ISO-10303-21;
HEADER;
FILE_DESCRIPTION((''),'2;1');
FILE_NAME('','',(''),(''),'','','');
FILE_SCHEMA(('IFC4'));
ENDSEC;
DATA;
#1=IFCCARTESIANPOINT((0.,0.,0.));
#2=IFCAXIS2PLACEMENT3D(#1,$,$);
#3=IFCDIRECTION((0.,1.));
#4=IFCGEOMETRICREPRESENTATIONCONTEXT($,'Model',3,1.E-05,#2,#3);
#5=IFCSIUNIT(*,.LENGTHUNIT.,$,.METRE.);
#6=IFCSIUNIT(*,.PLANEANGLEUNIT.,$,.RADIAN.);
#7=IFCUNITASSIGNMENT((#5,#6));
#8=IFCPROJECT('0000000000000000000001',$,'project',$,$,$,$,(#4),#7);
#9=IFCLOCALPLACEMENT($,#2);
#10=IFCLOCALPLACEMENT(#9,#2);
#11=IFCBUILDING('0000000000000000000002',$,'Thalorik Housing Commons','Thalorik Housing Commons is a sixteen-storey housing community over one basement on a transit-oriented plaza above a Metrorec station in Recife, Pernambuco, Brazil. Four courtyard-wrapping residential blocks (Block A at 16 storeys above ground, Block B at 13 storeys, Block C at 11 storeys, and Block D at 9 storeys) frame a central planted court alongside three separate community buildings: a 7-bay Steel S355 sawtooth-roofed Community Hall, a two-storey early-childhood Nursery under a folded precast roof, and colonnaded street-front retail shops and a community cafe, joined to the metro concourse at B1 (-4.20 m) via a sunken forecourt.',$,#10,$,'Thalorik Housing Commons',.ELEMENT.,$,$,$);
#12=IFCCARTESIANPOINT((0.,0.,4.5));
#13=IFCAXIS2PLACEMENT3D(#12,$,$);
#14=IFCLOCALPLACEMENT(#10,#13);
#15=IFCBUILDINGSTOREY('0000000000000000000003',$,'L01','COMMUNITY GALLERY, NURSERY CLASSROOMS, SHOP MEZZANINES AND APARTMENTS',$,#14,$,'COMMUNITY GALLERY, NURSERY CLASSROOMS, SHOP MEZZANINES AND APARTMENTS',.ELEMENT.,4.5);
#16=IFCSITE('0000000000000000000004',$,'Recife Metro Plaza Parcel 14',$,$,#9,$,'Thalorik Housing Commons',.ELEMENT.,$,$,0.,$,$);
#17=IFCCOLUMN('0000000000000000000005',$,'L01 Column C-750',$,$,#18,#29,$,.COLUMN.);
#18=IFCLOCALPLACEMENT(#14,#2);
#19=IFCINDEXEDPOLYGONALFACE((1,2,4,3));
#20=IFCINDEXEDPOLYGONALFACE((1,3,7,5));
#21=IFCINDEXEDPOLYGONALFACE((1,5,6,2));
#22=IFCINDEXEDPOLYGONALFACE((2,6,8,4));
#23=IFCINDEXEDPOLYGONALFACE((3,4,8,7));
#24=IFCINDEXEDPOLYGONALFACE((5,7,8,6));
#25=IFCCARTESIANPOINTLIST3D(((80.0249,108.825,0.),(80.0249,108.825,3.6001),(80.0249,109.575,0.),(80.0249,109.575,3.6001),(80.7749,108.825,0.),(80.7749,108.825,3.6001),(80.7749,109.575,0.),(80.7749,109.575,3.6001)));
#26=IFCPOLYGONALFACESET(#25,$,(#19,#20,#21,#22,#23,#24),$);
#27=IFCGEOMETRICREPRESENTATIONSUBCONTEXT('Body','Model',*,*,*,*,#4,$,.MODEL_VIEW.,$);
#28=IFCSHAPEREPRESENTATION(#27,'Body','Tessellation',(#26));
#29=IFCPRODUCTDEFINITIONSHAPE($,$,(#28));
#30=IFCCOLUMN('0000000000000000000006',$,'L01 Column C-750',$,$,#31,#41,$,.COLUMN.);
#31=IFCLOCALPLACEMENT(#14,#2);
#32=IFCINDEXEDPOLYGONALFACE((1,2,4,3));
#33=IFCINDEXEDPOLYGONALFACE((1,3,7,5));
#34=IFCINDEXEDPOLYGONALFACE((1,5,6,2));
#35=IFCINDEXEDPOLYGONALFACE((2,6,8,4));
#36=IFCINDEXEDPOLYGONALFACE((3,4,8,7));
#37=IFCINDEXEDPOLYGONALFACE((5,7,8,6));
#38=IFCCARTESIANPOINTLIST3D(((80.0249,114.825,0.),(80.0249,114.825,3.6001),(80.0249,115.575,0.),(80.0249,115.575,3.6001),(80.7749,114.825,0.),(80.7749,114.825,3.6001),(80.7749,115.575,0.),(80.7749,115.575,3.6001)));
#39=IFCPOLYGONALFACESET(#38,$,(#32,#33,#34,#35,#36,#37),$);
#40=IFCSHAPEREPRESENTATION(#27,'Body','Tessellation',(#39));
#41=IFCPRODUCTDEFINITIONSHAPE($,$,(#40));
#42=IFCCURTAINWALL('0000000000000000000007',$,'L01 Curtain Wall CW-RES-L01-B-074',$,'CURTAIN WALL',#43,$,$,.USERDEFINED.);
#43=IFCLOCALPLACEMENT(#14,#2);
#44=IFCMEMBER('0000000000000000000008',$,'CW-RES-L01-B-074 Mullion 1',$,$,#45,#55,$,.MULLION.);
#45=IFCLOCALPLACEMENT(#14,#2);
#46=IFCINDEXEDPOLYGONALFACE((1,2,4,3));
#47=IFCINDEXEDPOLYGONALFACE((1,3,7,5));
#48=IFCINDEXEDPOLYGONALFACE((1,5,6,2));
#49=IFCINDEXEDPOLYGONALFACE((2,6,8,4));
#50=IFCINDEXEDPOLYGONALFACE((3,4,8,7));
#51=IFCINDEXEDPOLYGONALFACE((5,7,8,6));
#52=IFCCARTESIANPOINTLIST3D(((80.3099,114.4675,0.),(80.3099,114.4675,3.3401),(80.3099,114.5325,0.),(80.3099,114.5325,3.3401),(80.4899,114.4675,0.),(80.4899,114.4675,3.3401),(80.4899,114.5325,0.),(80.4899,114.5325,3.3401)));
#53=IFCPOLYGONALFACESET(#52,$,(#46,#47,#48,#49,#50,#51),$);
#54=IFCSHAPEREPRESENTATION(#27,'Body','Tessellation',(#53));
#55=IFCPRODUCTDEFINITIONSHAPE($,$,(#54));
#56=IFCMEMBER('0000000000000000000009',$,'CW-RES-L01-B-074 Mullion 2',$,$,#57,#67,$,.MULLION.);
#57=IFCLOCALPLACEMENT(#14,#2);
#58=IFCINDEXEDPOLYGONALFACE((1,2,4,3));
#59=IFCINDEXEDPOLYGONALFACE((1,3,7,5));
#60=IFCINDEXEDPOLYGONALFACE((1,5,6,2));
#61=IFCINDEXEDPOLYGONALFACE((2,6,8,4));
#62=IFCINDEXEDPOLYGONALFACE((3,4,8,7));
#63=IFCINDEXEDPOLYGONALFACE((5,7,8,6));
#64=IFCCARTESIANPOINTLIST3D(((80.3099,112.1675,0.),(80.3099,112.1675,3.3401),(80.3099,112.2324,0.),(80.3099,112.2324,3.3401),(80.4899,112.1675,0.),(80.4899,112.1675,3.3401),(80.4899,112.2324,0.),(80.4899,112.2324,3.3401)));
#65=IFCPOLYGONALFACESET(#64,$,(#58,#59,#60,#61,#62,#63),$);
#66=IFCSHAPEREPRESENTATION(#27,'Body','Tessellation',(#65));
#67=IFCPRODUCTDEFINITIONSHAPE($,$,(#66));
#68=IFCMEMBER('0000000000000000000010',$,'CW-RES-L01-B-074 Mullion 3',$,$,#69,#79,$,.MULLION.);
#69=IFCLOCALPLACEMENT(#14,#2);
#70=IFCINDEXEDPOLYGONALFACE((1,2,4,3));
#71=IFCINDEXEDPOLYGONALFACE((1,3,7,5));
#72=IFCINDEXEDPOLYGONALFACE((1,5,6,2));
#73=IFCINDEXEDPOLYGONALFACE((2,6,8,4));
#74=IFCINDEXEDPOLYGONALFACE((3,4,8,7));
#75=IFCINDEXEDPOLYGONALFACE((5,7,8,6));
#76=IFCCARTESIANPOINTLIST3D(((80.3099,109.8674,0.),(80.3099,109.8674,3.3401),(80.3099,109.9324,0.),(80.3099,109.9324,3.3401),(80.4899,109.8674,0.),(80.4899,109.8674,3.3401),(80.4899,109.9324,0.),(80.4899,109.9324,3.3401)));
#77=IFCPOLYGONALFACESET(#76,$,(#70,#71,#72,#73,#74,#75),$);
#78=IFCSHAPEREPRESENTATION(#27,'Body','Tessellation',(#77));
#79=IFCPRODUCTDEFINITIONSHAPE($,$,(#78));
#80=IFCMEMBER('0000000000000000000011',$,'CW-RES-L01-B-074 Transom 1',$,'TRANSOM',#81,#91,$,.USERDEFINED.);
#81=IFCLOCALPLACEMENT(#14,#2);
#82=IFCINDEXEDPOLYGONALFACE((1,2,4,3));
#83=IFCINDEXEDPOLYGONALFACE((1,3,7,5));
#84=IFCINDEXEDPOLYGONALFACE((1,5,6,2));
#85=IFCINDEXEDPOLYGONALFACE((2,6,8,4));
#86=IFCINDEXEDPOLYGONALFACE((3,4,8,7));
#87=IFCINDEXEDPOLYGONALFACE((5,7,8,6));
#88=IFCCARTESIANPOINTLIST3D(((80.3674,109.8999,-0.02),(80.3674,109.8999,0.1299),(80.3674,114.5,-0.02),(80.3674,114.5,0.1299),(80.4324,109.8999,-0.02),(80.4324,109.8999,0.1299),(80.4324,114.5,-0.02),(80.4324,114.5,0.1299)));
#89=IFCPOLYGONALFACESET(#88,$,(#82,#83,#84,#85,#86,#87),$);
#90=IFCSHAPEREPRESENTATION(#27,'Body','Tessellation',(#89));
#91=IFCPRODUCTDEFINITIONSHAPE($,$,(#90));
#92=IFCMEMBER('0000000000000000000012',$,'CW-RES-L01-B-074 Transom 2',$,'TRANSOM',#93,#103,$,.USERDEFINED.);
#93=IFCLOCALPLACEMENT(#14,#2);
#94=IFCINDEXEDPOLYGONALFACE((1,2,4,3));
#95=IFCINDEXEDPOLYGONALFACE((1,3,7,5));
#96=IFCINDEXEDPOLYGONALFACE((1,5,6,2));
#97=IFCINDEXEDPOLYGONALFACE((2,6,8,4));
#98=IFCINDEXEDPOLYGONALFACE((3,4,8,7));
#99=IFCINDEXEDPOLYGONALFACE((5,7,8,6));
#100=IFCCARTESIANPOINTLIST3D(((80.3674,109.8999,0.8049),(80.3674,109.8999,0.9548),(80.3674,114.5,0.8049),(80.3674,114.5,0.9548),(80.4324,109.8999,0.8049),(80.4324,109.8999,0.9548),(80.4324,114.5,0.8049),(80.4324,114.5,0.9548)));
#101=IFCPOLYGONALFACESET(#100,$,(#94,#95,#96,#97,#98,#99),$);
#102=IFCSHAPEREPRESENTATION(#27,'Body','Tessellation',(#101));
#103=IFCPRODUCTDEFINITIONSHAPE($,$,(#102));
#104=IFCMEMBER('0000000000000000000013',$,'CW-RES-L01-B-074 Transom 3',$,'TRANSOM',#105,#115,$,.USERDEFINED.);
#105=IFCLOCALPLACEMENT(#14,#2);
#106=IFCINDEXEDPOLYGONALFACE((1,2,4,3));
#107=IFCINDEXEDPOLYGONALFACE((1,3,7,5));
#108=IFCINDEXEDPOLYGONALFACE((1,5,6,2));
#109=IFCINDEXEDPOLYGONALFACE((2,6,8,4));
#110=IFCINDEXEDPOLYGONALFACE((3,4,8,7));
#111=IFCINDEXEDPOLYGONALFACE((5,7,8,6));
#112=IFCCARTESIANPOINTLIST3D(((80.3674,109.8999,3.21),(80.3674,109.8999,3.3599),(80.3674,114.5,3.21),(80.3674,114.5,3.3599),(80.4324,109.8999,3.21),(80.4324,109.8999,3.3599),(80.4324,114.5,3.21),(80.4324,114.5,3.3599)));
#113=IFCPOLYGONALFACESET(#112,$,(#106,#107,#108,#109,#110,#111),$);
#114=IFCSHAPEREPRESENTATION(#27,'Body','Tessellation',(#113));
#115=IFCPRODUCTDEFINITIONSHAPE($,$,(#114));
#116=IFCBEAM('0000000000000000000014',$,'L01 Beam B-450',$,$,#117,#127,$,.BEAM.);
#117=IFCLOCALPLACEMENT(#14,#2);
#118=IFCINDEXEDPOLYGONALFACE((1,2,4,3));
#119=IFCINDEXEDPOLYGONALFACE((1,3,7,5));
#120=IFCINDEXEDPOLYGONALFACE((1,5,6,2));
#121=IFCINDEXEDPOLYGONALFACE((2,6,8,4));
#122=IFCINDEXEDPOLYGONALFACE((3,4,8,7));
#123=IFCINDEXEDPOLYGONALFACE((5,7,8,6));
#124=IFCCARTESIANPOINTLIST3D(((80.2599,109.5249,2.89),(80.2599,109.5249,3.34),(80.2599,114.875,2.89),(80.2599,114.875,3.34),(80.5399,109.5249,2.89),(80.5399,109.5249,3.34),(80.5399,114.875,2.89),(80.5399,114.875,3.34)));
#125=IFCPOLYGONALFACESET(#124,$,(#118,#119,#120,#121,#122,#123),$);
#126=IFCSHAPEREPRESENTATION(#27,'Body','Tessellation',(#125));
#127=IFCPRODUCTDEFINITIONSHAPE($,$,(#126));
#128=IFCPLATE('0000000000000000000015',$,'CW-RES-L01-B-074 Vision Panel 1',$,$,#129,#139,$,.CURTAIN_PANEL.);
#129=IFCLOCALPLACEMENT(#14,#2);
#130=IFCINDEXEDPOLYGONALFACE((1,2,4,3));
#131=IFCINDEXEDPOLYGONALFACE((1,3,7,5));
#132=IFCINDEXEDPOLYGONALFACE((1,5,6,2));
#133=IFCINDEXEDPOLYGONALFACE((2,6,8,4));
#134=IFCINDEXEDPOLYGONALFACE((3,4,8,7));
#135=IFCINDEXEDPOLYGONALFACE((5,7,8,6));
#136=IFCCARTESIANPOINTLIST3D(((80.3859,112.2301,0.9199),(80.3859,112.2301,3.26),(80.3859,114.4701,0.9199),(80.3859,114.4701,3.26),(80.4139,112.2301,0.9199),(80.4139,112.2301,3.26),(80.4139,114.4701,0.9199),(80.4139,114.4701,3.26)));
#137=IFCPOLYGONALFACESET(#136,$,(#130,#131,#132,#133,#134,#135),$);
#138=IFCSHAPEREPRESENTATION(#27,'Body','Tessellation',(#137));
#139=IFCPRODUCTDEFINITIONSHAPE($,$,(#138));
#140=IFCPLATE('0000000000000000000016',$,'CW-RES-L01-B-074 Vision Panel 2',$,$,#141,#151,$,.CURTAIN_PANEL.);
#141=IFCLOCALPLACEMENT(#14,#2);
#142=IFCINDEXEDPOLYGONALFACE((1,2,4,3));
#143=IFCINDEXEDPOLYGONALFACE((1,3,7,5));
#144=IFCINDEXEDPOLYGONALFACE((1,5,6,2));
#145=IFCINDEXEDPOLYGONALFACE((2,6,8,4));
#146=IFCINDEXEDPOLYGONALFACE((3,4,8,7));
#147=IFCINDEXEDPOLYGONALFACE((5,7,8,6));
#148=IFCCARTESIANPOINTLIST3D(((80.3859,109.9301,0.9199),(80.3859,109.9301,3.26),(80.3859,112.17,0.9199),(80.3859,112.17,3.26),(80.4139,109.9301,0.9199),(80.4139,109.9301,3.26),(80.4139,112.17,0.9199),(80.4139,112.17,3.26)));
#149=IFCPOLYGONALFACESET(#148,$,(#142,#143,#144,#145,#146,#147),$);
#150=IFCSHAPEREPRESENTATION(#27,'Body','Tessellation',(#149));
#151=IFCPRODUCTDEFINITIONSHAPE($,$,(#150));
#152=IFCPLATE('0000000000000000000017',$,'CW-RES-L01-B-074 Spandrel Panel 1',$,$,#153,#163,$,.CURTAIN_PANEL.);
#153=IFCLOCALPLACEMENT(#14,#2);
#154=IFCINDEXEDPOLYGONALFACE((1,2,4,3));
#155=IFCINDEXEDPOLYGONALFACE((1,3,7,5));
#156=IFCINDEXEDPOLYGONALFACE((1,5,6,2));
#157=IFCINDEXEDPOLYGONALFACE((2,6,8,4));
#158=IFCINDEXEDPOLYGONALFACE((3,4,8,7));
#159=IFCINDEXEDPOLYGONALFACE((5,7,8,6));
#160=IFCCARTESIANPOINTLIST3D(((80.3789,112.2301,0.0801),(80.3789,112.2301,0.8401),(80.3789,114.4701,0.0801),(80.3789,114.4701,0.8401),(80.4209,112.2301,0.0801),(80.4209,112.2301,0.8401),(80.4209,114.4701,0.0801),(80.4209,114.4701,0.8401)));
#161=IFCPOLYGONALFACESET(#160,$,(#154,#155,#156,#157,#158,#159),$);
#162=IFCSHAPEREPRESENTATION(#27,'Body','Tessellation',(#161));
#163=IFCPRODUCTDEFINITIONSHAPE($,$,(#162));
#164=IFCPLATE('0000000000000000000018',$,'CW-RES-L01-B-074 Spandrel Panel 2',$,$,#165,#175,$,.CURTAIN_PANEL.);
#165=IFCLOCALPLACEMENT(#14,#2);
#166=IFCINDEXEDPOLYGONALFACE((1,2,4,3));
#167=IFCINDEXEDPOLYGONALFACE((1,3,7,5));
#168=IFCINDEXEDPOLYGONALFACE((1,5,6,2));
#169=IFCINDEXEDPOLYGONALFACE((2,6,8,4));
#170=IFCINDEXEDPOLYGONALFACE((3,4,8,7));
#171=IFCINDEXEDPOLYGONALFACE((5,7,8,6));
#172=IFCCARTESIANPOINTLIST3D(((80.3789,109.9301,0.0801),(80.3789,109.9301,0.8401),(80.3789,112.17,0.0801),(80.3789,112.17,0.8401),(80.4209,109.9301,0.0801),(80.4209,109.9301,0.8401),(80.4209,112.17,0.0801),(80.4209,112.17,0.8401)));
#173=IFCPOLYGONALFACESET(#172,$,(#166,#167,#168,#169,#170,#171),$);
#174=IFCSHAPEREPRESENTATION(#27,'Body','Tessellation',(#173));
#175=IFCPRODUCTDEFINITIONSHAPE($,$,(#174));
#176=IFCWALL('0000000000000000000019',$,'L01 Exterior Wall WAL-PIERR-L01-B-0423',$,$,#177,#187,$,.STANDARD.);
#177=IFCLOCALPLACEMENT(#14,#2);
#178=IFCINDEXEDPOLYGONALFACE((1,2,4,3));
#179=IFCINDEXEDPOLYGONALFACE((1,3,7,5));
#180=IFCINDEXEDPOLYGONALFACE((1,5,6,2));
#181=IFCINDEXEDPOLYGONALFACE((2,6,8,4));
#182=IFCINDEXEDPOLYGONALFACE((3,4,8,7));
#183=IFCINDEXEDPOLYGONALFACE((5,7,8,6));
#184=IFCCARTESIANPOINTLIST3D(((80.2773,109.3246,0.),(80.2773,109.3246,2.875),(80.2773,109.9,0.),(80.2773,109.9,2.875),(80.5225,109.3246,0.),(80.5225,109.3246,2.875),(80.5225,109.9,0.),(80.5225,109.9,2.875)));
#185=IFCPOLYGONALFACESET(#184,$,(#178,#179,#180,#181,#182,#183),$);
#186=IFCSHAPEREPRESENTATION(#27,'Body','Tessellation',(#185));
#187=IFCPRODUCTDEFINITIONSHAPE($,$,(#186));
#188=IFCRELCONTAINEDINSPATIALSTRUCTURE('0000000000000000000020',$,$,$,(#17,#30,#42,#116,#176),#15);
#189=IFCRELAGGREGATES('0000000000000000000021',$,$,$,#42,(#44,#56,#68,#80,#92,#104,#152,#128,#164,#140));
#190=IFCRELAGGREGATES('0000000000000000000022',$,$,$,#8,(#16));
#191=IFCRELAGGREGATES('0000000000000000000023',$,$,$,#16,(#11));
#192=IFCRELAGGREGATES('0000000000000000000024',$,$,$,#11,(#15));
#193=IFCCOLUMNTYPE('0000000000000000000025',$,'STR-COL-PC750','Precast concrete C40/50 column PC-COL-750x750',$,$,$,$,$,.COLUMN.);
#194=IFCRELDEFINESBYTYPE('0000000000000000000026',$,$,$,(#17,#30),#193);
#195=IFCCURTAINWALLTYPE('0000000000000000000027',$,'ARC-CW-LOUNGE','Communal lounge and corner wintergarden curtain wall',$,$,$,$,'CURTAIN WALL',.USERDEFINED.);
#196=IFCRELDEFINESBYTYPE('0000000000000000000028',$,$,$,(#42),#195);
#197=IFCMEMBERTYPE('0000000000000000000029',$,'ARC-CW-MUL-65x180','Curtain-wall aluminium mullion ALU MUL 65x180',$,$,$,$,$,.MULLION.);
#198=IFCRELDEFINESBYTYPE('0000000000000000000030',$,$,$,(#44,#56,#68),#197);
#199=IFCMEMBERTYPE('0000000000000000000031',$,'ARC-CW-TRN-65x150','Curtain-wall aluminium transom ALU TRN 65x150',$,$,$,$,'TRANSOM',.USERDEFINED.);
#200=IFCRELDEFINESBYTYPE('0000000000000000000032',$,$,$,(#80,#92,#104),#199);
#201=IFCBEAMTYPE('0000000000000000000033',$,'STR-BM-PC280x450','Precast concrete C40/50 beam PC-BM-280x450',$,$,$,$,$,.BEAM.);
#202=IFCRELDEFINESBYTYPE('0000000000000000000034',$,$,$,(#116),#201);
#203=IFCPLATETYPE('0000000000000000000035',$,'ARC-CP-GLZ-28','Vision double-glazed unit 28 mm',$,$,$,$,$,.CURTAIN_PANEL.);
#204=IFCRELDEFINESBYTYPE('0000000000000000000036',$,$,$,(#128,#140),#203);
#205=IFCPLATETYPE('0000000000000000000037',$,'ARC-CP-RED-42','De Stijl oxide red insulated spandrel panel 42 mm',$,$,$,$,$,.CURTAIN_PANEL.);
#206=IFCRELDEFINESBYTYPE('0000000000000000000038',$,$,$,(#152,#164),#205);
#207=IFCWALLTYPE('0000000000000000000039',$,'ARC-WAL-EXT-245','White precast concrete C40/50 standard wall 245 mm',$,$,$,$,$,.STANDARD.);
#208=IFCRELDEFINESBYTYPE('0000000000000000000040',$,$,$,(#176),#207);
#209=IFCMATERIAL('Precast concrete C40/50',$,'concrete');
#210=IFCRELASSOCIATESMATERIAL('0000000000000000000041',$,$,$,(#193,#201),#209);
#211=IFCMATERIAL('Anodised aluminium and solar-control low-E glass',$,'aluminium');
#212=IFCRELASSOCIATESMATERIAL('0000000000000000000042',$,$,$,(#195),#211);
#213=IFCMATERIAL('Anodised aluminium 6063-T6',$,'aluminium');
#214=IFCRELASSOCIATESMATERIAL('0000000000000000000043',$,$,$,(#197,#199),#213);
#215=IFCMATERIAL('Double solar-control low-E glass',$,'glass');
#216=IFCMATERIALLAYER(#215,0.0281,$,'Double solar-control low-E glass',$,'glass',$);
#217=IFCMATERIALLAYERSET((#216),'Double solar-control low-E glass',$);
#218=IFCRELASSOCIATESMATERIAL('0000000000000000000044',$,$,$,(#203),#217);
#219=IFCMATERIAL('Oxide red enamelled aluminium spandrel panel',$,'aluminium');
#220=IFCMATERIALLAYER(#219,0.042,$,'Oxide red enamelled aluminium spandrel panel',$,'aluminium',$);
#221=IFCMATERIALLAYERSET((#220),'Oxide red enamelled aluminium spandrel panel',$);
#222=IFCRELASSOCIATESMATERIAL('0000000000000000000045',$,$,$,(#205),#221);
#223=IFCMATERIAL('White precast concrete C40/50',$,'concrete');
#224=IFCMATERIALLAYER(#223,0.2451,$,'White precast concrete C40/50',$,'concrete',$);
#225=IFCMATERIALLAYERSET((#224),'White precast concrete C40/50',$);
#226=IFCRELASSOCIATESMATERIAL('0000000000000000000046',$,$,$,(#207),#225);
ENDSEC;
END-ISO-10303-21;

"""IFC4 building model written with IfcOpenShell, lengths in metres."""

from ifc_helpers import new_model, si_unit, direction, frame, frame_2d, origin, origin_2d, place, context, subcontext, project, spatial, rectangle, extrude, material, layer, layer_set, material_profile, profile_set, type_object, element, aggregate, save


model = new_model("IFC4")

# Units and contexts
model_context = context("Model", 3, precision=1e-05, world=origin(), true_north=direction((0.0, 1.0)))
body_context = subcontext(model_context, "Body", "Model", "MODEL_VIEW")
ifc_project = project(units=[si_unit("LENGTHUNIT", "METRE"), si_unit("PLANEANGLEUNIT", "RADIAN")], contexts=[model_context])

# Site, building, storey
site_placement = place(None, origin())
site = spatial("IfcSite", under=ifc_project, at=site_placement, Name="Recife Metro Plaza Parcel 14", LongName="Thalorik Housing Commons", CompositionType="ELEMENT", RefElevation=0.0)
building_placement = place(site_placement, origin())
building = spatial("IfcBuilding", under=site, at=building_placement, Name="Thalorik Housing Commons", Description="Thalorik Housing Commons is a sixteen-storey housing community over one basement on a transit-oriented plaza above a Metrorec station in Recife, Pernambuco, Brazil. Four courtyard-wrapping residential blocks (Block A at 16 storeys above ground, Block B at 13 storeys, Block C at 11 storeys, and Block D at 9 storeys) frame a central planted court alongside three separate community buildings: a 7-bay Steel S355 sawtooth-roofed Community Hall, a two-storey early-childhood Nursery under a folded precast roof, and colonnaded street-front retail shops and a community cafe, joined to the metro concourse at B1 (-4.20 m) via a sunken forecourt.", LongName="Thalorik Housing Commons", CompositionType="ELEMENT")
storey_placement = place(building_placement, frame((0.0, 0.0, 4.5)))
storey = spatial("IfcBuildingStorey", under=building, at=storey_placement, Name="L01", Description="COMMUNITY GALLERY, NURSERY CLASSROOMS, SHOP MEZZANINES AND APARTMENTS", LongName="COMMUNITY GALLERY, NURSERY CLASSROOMS, SHOP MEZZANINES AND APARTMENTS", CompositionType="ELEMENT", Elevation=4.5)

# Columns
ifc_material_1 = material(Name="Precast concrete C40/50", Category="concrete")
ifc_material_profile_1 = material_profile(ifc_material_1, rectangle(XDim=0.75, YDim=0.75, at=origin_2d()), Name="PC 750x750", Category="concrete")
ifc_profile_set_1 = profile_set([ifc_material_profile_1], Name="Precast concrete C40/50")
column_type = type_object("IfcColumnType", Name="STR-COL-PC750", Description="Precast concrete C40/50 column PC-COL-750x750", PredefinedType="COLUMN", material=ifc_profile_set_1)
for number, where, z_axis, x_axis, name in (
    (1, (80.3999, 109.2, 0.0), (0.0, 0.0, 1.0), (1.0, 0.0, 0.0), "L01 Column C-750"),
    (2, (80.3999, 115.2, 0.0), (0.0, 0.0, 1.0), (1.0, 0.0, 0.0), "L01 Column C-750"),
):
    element("IfcColumn", number, at=place(storey_placement, frame(where, z_axis=z_axis, x_axis=x_axis)), inside=storey, type_object=column_type, Name=name, PredefinedType="COLUMN", context=body_context, shape_type="SweptSolid", body=[
        extrude(rectangle(XDim=0.75, YDim=0.75, at=origin_2d()), origin(), (0.0, 0.0, 1.0), 3.6001),
    ])

# Curtain wall, members
ifc_material_2 = material(Name="Anodised aluminium and solar-control low-E glass", Category="aluminium")
curtain_wall_type = type_object("IfcCurtainWallType", Name="ARC-CW-LOUNGE", Description="Communal lounge and corner wintergarden curtain wall", ElementType="CURTAIN WALL", PredefinedType="USERDEFINED", material=ifc_material_2)
curtain_wall_placement = place(storey_placement, origin())
curtain_wall = element("IfcCurtainWall", 3, at=curtain_wall_placement, inside=storey, type_object=curtain_wall_type, Name="L01 Curtain Wall CW-RES-L01-B-074", ObjectType="CURTAIN WALL", PredefinedType="USERDEFINED")
ifc_material_3 = material(Name="Anodised aluminium 6063-T6", Category="aluminium")
ifc_material_profile_2 = material_profile(ifc_material_3, rectangle(XDim=0.0649, YDim=0.1799, at=origin_2d()), Name="ALU MUL 65x180", Category="aluminium")
ifc_profile_set_2 = profile_set([ifc_material_profile_2], Name="Anodised aluminium 6063-T6")
member_type_1 = type_object("IfcMemberType", Name="ARC-CW-MUL-65x180", Description="Curtain-wall aluminium mullion ALU MUL 65x180", PredefinedType="MULLION", material=ifc_profile_set_2)
member_1_placement = place(storey_placement, frame((80.3999, 114.5, 0.0), z_axis=(0.0, 0.0, 1.0), x_axis=(0.0, -1.0, 0.0)))
member_1 = element("IfcMember", 4, at=member_1_placement, type_object=member_type_1, Name="CW-RES-L01-B-074 Mullion 1", PredefinedType="MULLION", context=body_context, shape_type="SweptSolid", body=[
    extrude(rectangle(XDim=0.0649, YDim=0.1799, at=origin_2d()), origin(), (0.0, 0.0, 1.0), 3.3401),
])
member_2_placement = place(storey_placement, frame((80.3999, 112.2, 0.0), z_axis=(0.0, 0.0, 1.0), x_axis=(0.0, -1.0, 0.0)))
member_2 = element("IfcMember", 5, at=member_2_placement, type_object=member_type_1, Name="CW-RES-L01-B-074 Mullion 2", PredefinedType="MULLION", context=body_context, shape_type="SweptSolid", body=[
    extrude(rectangle(XDim=0.0649, YDim=0.1799, at=origin_2d()), origin(), (0.0, 0.0, 1.0), 3.3401),
])
member_3_placement = place(storey_placement, frame((80.3999, 109.8999, 0.0), z_axis=(0.0, 0.0, 1.0), x_axis=(0.0, -1.0, 0.0)))
member_3 = element("IfcMember", 6, at=member_3_placement, type_object=member_type_1, Name="CW-RES-L01-B-074 Mullion 3", PredefinedType="MULLION", context=body_context, shape_type="SweptSolid", body=[
    extrude(rectangle(XDim=0.0649, YDim=0.1799, at=origin_2d()), origin(), (0.0, 0.0, 1.0), 3.3401),
])
ifc_material_profile_3 = material_profile(ifc_material_3, rectangle(XDim=0.0649, YDim=0.1499, at=origin_2d()), Name="ALU TRN 65x150", Category="aluminium")
ifc_profile_set_3 = profile_set([ifc_material_profile_3], Name="Anodised aluminium 6063-T6")
member_type_2 = type_object("IfcMemberType", Name="ARC-CW-TRN-65x150", Description="Curtain-wall aluminium transom ALU TRN 65x150", ElementType="TRANSOM", PredefinedType="USERDEFINED", material=ifc_profile_set_3)
member_4_placement = place(storey_placement, frame((80.3999, 114.5, 0.0549), z_axis=(0.0, -1.0, 0.0), x_axis=(1.0, 0.0, 0.0)))
member_4 = element("IfcMember", 7, at=member_4_placement, type_object=member_type_2, Name="CW-RES-L01-B-074 Transom 1", ObjectType="TRANSOM", PredefinedType="USERDEFINED", context=body_context, shape_type="SweptSolid", body=[
    extrude(rectangle(XDim=0.0649, YDim=0.1499, at=origin_2d()), origin(), (0.0, 0.0, 1.0), 4.6001),
])
member_5_placement = place(storey_placement, frame((80.3999, 114.5, 0.8799), z_axis=(0.0, -1.0, 0.0), x_axis=(1.0, 0.0, 0.0)))
member_5 = element("IfcMember", 8, at=member_5_placement, type_object=member_type_2, Name="CW-RES-L01-B-074 Transom 2", ObjectType="TRANSOM", PredefinedType="USERDEFINED", context=body_context, shape_type="SweptSolid", body=[
    extrude(rectangle(XDim=0.0649, YDim=0.1499, at=origin_2d()), origin(), (0.0, 0.0, 1.0), 4.6001),
])
member_6_placement = place(storey_placement, frame((80.3999, 114.5, 3.2849), z_axis=(0.0, -1.0, 0.0), x_axis=(1.0, 0.0, 0.0)))
member_6 = element("IfcMember", 9, at=member_6_placement, type_object=member_type_2, Name="CW-RES-L01-B-074 Transom 3", ObjectType="TRANSOM", PredefinedType="USERDEFINED", context=body_context, shape_type="SweptSolid", body=[
    extrude(rectangle(XDim=0.0649, YDim=0.1499, at=origin_2d()), origin(), (0.0, 0.0, 1.0), 4.6001),
])

# Beam
ifc_material_profile_4 = material_profile(ifc_material_1, rectangle(XDim=0.28, YDim=0.45, at=origin_2d()), Name="PC 280x450", Category="concrete")
ifc_profile_set_4 = profile_set([ifc_material_profile_4], Name="Precast concrete C40/50")
beam_type = type_object("IfcBeamType", Name="STR-BM-PC280x450", Description="Precast concrete C40/50 beam PC-BM-280x450", PredefinedType="BEAM", material=ifc_profile_set_4)
beam_placement = place(storey_placement, frame((80.3999, 109.5249, 3.115), z_axis=(0.0, 1.0, 0.0), x_axis=(-1.0, 0.0, 0.0)))
element("IfcBeam", 10, at=beam_placement, inside=storey, type_object=beam_type, Name="L01 Beam B-450", PredefinedType="BEAM", context=body_context, shape_type="SweptSolid", body=[
    extrude(rectangle(XDim=0.28, YDim=0.45, at=origin_2d()), origin(), (0.0, 0.0, 1.0), 5.3501),
])

# Plates
ifc_material_4 = material(Name="Double solar-control low-E glass", Category="glass")
ifc_layer_1 = layer(ifc_material_4, 0.0281, Name="Double solar-control low-E glass", Category="glass")
ifc_layer_set_1 = layer_set([ifc_layer_1], Name="Double solar-control low-E glass")
plate_type_1 = type_object("IfcPlateType", Name="ARC-CP-GLZ-28", Description="Vision double-glazed unit 28 mm", PredefinedType="CURTAIN_PANEL", material=ifc_layer_set_1)
plate_1_placement = place(storey_placement, frame((80.3999, 113.3501, 0.9199), z_axis=(0.0, 0.0, 1.0), x_axis=(0.0, -1.0, 0.0)))
plate_1 = element("IfcPlate", 11, at=plate_1_placement, type_object=plate_type_1, Name="CW-RES-L01-B-074 Vision Panel 1", PredefinedType="CURTAIN_PANEL", context=body_context, shape_type="SweptSolid", body=[
    extrude(rectangle(XDim=2.24, YDim=0.0281, at=origin_2d()), origin(), (0.0, 0.0, 1.0), 2.3401),
])
plate_2_placement = place(storey_placement, frame((80.3999, 111.05, 0.9199), z_axis=(0.0, 0.0, 1.0), x_axis=(0.0, -1.0, 0.0)))
plate_2 = element("IfcPlate", 12, at=plate_2_placement, type_object=plate_type_1, Name="CW-RES-L01-B-074 Vision Panel 2", PredefinedType="CURTAIN_PANEL", context=body_context, shape_type="SweptSolid", body=[
    extrude(rectangle(XDim=2.24, YDim=0.0281, at=origin_2d()), origin(), (0.0, 0.0, 1.0), 2.3401),
])
ifc_material_5 = material(Name="Oxide red enamelled aluminium spandrel panel", Category="aluminium")
ifc_layer_2 = layer(ifc_material_5, 0.042, Name="Oxide red enamelled aluminium spandrel panel", Category="aluminium")
ifc_layer_set_2 = layer_set([ifc_layer_2], Name="Oxide red enamelled aluminium spandrel panel")
plate_type_2 = type_object("IfcPlateType", Name="ARC-CP-RED-42", Description="De Stijl oxide red insulated spandrel panel 42 mm", PredefinedType="CURTAIN_PANEL", material=ifc_layer_set_2)
plate_3_placement = place(storey_placement, frame((80.3999, 113.3501, 0.0801), z_axis=(0.0, 0.0, 1.0), x_axis=(0.0, -1.0, 0.0)))
plate_3 = element("IfcPlate", 13, at=plate_3_placement, type_object=plate_type_2, Name="CW-RES-L01-B-074 Spandrel Panel 1", PredefinedType="CURTAIN_PANEL", context=body_context, shape_type="SweptSolid", body=[
    extrude(rectangle(XDim=2.24, YDim=0.042, at=origin_2d()), origin(), (0.0, 0.0, 1.0), 0.76),
])
plate_4_placement = place(storey_placement, frame((80.3999, 111.05, 0.0801), z_axis=(0.0, 0.0, 1.0), x_axis=(0.0, -1.0, 0.0)))
plate_4 = element("IfcPlate", 14, at=plate_4_placement, type_object=plate_type_2, Name="CW-RES-L01-B-074 Spandrel Panel 2", PredefinedType="CURTAIN_PANEL", context=body_context, shape_type="SweptSolid", body=[
    extrude(rectangle(XDim=2.24, YDim=0.042, at=origin_2d()), origin(), (0.0, 0.0, 1.0), 0.76),
])
aggregate(curtain_wall, [member_1, member_2, member_3, member_4, member_5, member_6, plate_3, plate_1, plate_4, plate_2])

# Wall
ifc_material_6 = material(Name="White precast concrete C40/50", Category="concrete")
ifc_layer_3 = layer(ifc_material_6, 0.2451, Name="White precast concrete C40/50", Category="concrete")
ifc_layer_set_3 = layer_set([ifc_layer_3], Name="White precast concrete C40/50")
wall_type = type_object("IfcWallType", Name="ARC-WAL-EXT-245", Description="White precast concrete C40/50 standard wall 245 mm", PredefinedType="STANDARD", material=ifc_layer_set_3)
wall_1_placement = place(storey_placement, frame((80.3999, 109.8999, 0.0), z_axis=(0.0, 0.0, 1.0), x_axis=(0.0, -1.0, 0.0)))
element("IfcWall", 15, at=wall_1_placement, inside=storey, type_object=wall_type, Name="L01 Exterior Wall WAL-PIERR-L01-B-0423", PredefinedType="STANDARD", context=body_context, shape_type="SweptSolid", body=[
    extrude(rectangle(XDim=0.5754, YDim=0.2451, at=frame_2d((0.2876, 0.0))), origin(), (0.0, 0.0, 1.0), 2.875),
])

save(model, "model.ifc")
